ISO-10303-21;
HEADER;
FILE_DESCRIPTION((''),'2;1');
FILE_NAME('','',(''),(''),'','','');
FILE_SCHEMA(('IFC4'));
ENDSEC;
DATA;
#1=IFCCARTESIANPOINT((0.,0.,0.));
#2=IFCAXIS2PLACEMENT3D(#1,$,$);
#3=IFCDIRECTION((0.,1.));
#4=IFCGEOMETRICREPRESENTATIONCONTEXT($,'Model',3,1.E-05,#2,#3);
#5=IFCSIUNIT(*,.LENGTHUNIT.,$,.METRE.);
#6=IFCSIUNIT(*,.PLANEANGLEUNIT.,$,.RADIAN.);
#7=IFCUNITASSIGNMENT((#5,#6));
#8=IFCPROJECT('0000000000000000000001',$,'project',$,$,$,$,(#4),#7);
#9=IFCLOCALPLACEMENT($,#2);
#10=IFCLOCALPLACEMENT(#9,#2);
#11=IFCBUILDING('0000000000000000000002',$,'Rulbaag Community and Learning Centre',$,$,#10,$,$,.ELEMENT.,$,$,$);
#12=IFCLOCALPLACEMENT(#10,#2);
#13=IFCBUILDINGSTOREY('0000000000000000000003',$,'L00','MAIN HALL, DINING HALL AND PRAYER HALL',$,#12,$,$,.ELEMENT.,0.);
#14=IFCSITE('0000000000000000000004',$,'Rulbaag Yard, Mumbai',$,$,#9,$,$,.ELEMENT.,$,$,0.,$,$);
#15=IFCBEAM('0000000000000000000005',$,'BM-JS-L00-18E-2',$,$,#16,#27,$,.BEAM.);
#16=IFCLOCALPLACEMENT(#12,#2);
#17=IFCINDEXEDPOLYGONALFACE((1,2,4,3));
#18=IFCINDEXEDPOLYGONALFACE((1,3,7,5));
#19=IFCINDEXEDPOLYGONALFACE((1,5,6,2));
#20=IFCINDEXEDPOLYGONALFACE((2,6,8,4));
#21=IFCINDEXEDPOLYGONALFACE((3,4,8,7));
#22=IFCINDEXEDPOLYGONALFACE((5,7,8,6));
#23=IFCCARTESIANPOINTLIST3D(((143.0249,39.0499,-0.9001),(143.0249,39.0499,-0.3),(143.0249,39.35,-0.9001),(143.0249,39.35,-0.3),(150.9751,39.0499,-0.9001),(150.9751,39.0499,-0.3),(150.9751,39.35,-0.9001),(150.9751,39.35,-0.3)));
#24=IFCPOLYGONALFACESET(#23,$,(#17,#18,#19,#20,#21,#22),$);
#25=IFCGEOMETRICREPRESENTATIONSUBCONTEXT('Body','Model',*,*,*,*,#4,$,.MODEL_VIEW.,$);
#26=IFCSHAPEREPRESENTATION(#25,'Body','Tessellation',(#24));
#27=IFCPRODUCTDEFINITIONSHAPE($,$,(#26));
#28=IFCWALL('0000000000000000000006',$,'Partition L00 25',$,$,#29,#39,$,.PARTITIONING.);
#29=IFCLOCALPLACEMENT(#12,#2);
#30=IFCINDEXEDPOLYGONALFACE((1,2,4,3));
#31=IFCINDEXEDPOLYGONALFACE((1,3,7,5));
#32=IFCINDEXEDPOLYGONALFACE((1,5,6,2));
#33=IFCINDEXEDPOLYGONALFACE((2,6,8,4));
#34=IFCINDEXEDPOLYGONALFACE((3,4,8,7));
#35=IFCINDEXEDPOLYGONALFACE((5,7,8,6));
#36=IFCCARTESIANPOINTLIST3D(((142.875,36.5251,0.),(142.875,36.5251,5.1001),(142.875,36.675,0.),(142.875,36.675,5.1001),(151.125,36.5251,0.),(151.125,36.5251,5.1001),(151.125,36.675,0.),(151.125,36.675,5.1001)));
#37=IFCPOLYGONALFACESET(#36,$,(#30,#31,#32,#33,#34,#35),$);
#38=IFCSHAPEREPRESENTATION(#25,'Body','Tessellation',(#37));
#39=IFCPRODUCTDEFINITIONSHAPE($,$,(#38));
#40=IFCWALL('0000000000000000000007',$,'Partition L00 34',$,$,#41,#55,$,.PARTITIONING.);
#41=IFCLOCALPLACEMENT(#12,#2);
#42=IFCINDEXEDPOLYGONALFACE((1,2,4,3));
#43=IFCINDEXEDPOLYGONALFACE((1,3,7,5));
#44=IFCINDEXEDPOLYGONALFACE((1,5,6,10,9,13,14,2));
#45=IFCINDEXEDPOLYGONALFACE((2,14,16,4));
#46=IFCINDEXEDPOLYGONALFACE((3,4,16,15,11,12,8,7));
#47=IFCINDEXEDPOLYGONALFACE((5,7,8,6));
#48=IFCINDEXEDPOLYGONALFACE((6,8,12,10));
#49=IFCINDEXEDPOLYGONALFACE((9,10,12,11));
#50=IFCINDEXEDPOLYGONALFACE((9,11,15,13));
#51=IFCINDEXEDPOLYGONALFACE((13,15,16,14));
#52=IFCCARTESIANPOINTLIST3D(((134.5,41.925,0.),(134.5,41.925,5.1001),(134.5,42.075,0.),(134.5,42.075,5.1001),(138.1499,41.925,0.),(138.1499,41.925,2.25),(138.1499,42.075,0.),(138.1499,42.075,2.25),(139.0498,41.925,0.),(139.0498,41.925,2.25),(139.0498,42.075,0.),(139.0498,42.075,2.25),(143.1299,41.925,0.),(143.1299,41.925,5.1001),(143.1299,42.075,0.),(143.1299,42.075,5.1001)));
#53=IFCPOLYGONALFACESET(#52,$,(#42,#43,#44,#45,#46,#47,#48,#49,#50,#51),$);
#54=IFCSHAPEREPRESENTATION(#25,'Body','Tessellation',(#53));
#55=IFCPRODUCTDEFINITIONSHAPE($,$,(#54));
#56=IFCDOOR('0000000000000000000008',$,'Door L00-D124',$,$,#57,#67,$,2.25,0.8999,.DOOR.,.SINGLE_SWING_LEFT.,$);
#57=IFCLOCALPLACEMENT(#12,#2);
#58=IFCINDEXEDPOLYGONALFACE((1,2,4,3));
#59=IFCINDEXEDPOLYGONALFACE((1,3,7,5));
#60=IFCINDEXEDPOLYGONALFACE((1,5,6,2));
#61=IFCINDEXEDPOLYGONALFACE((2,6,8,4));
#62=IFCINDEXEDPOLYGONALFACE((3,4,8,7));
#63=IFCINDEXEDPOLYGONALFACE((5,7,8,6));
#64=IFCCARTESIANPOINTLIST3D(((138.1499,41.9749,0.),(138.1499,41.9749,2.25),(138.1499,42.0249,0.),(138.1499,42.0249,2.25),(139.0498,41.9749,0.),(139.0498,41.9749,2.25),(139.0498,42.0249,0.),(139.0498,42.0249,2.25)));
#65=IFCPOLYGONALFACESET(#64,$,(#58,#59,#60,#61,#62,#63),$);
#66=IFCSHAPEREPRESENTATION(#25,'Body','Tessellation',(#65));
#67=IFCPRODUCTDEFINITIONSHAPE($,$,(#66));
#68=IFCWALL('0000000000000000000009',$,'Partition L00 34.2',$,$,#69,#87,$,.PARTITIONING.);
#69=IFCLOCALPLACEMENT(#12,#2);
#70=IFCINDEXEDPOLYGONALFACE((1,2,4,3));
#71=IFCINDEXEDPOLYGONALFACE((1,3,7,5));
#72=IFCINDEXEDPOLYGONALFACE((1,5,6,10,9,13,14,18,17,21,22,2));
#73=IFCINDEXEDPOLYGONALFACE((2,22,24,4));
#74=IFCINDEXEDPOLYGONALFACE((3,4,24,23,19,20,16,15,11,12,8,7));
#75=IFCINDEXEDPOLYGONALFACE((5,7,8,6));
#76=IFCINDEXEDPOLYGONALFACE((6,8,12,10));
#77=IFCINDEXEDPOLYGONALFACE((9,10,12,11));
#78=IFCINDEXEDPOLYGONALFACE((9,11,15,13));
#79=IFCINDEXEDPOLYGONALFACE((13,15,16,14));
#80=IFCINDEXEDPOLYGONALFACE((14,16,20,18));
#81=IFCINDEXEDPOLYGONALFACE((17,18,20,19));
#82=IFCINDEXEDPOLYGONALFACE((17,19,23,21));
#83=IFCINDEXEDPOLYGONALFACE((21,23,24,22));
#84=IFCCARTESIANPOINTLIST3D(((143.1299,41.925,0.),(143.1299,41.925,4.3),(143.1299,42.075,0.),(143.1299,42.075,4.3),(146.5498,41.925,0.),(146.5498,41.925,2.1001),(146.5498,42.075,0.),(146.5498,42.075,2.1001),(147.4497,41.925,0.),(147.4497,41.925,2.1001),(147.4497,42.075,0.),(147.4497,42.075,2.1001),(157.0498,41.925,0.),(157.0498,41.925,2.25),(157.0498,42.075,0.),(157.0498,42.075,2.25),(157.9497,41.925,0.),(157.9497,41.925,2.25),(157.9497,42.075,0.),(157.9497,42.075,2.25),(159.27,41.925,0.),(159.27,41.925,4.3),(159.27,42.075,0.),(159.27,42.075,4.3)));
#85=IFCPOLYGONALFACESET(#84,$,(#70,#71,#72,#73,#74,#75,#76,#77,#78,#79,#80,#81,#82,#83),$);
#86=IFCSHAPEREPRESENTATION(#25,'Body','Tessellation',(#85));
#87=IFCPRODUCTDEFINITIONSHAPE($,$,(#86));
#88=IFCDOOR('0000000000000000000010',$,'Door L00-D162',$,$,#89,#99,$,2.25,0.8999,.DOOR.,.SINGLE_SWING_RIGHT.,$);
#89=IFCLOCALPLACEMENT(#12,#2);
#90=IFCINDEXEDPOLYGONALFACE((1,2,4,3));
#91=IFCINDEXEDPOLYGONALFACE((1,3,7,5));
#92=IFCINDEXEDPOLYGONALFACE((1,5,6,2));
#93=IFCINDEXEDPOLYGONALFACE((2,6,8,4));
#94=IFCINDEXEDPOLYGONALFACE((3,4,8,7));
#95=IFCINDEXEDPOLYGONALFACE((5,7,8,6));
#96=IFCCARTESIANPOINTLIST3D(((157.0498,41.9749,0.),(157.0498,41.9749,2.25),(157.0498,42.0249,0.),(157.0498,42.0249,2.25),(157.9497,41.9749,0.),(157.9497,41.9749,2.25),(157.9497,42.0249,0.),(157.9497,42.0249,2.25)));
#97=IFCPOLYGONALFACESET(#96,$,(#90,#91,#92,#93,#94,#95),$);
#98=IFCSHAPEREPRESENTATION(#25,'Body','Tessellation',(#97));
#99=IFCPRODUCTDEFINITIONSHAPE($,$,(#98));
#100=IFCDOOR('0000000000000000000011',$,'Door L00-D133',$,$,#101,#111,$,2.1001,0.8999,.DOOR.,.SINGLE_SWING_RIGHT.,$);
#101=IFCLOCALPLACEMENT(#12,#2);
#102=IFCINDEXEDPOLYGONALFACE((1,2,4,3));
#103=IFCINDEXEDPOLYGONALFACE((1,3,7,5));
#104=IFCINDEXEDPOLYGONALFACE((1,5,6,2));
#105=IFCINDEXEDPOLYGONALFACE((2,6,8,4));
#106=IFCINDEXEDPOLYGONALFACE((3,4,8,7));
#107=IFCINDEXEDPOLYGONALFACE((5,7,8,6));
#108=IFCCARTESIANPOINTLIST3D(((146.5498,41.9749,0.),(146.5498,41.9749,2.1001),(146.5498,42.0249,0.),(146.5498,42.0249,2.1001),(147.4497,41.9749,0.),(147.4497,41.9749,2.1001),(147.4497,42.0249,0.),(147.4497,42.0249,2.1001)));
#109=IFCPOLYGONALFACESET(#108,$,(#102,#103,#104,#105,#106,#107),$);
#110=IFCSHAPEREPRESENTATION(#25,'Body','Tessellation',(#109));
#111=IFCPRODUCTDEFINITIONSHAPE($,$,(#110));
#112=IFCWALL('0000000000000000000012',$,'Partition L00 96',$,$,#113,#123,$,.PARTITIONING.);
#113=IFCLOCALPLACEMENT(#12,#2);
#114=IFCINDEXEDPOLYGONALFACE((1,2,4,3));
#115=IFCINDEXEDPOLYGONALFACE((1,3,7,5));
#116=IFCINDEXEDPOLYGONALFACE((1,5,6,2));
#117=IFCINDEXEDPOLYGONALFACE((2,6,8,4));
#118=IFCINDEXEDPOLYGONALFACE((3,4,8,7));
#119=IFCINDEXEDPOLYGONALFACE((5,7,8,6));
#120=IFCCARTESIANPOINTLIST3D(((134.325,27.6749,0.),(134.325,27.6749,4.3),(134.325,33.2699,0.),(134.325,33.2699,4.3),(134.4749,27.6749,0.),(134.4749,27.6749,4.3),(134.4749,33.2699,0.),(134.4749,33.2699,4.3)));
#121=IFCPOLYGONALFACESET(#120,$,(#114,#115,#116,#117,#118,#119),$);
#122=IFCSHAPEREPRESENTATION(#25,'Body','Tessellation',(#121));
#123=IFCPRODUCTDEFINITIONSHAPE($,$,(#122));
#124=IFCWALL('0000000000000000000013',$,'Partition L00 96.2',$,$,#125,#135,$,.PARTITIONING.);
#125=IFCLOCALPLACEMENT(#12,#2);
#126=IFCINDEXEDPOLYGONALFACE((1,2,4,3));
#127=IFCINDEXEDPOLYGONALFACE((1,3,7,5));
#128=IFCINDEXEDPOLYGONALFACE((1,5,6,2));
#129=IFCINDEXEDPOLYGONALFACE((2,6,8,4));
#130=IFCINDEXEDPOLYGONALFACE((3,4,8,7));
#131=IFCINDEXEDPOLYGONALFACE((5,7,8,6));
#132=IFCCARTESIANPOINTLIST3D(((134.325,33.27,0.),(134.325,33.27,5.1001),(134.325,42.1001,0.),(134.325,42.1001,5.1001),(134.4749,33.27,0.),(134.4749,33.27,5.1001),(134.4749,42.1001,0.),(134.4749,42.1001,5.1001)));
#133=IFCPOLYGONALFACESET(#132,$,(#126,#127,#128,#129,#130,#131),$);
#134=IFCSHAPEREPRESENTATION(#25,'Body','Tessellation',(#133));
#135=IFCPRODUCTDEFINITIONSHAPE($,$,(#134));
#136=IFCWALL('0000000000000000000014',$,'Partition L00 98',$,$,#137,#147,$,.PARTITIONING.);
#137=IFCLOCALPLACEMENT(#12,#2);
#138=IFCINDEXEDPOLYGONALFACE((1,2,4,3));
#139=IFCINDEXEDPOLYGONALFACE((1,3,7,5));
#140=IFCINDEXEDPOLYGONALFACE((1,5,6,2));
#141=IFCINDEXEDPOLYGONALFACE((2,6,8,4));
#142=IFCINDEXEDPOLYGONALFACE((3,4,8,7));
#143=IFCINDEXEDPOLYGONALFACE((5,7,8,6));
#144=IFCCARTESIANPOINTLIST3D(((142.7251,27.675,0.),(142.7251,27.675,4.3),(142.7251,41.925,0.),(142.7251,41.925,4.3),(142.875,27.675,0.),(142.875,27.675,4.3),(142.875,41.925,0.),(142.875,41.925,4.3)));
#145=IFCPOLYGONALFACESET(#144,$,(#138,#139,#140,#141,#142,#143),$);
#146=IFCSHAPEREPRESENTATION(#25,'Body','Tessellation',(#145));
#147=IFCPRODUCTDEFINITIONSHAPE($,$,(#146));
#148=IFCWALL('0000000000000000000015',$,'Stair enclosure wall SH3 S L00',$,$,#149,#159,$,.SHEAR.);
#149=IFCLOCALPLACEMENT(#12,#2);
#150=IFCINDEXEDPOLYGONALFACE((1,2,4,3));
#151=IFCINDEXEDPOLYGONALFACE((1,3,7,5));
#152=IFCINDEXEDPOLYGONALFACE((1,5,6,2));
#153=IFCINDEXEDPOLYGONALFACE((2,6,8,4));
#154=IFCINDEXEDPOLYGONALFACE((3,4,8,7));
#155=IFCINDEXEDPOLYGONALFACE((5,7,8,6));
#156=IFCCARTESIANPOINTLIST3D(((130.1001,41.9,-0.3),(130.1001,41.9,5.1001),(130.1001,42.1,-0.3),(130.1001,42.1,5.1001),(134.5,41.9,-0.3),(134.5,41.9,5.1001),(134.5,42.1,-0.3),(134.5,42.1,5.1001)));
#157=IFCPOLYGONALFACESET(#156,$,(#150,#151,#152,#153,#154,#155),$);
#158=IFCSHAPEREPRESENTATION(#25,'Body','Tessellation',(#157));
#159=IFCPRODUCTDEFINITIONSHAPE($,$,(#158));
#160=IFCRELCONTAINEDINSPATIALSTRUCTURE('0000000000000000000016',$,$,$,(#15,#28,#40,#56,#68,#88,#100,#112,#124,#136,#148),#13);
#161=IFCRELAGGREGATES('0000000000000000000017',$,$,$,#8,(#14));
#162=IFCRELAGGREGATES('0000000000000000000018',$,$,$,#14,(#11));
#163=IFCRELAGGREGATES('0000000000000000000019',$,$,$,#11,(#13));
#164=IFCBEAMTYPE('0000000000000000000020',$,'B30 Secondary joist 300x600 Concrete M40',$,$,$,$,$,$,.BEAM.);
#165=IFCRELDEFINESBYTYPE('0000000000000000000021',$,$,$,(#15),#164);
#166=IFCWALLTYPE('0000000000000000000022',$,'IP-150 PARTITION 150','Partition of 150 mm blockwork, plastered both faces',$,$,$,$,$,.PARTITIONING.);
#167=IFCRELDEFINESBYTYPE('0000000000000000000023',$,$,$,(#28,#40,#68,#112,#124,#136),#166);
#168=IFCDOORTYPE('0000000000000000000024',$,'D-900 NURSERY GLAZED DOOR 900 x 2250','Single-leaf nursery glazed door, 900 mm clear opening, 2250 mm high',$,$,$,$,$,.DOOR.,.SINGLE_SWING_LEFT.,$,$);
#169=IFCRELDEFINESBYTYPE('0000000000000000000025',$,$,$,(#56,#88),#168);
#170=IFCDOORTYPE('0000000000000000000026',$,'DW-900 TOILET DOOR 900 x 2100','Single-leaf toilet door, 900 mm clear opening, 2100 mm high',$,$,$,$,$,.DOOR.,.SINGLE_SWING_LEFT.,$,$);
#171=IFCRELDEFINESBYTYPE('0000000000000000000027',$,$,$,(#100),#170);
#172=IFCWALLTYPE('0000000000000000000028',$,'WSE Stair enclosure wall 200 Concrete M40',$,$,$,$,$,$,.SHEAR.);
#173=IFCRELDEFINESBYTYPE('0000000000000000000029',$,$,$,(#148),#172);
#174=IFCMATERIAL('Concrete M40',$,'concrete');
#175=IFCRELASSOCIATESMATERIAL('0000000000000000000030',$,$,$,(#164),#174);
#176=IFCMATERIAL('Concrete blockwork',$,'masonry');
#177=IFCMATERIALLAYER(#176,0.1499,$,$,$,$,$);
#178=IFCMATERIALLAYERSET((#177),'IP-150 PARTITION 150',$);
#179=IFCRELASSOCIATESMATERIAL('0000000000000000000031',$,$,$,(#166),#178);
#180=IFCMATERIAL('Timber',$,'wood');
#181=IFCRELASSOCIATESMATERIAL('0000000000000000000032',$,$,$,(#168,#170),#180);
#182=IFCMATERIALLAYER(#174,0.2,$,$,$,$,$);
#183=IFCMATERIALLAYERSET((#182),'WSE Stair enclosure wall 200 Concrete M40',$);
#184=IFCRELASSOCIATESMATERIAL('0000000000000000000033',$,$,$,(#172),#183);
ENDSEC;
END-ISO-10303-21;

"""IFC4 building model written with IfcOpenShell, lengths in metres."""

from ifc_helpers import new_model, si_unit, direction, frame, frame_2d, origin, origin_2d, place, context, subcontext, project, spatial, rectangle, extrude, material, layer, layer_set, material_profile, profile_set, type_object, element, fill, save


model = new_model("IFC4")

# Units and contexts
model_context = context("Model", 3, precision=1e-05, world=origin(), true_north=direction((0.0, 1.0)))
body_context = subcontext(model_context, "Body", "Model", "MODEL_VIEW")
ifc_project = project(units=[si_unit("LENGTHUNIT", "METRE"), si_unit("PLANEANGLEUNIT", "RADIAN")], contexts=[model_context])

# Site, building, storey
site_placement = place(None, origin())
site = spatial("IfcSite", under=ifc_project, at=site_placement, Name="Rulbaag Yard, Mumbai", CompositionType="ELEMENT", RefElevation=0.0)
building_placement = place(site_placement, origin())
building = spatial("IfcBuilding", under=site, at=building_placement, Name="Rulbaag Community and Learning Centre", CompositionType="ELEMENT")
storey_placement = place(building_placement, origin())
storey = spatial("IfcBuildingStorey", under=building, at=storey_placement, Name="L00", Description="MAIN HALL, DINING HALL AND PRAYER HALL", CompositionType="ELEMENT", Elevation=0.0)

# Shared definitions
ifc_material_1 = material(Name="Concrete M40", Category="concrete")

# Beam
ifc_material_profile_1 = material_profile(ifc_material_1, rectangle(XDim=0.3, YDim=0.6001, at=origin_2d()), Name="RB300x600")
ifc_profile_set_1 = profile_set([ifc_material_profile_1], Name="Concrete M40")
beam_type_1 = type_object("IfcBeamType", Name="B30 Secondary joist 300x600 Concrete M40", PredefinedType="BEAM", material=ifc_profile_set_1)
for number, where, z_axis, x_axis, name in (
    (1, (143.0249, 39.2, -0.6001), (1.0, 0.0, 0.0), (0.0, 1.0, 0.0), "BM-JS-L00-18E-2"),
):
    element("IfcBeam", number, at=place(storey_placement, frame(where, z_axis=z_axis, x_axis=x_axis)), inside=storey, type_object=beam_type_1, Name=name, PredefinedType="BEAM", context=body_context, shape_type="SweptSolid", body=[
        extrude(rectangle(XDim=0.3, YDim=0.6001, at=origin_2d()), origin(), (0.0, 0.0, 1.0), 7.9502),
    ])

# Wall
ifc_material_2 = material(Name="Concrete blockwork", Category="masonry")
ifc_layer_1 = layer(ifc_material_2, 0.1499)
ifc_layer_set_1 = layer_set([ifc_layer_1], Name="IP-150 PARTITION 150")
wall_type_1 = type_object("IfcWallType", Name="IP-150 PARTITION 150", Description="Partition of 150 mm blockwork, plastered both faces", PredefinedType="PARTITIONING", material=ifc_layer_set_1)
wall_1_placement = place(storey_placement, frame((142.875, 36.6001, 0.0), z_axis=(0.0, 0.0, 1.0), x_axis=(1.0, 0.0, 0.0)))
element("IfcWall", 2, at=wall_1_placement, inside=storey, type_object=wall_type_1, Name="Partition L00 25", PredefinedType="PARTITIONING", context=body_context, shape_type="SweptSolid", body=[
    extrude(rectangle(XDim=8.25, YDim=0.1499, at=frame_2d((4.125, 0.0))), origin(), (0.0, 0.0, 1.0), 5.1001),
])

# Wall, opening, door
wall_2_placement = place(storey_placement, frame((134.5, 42.0, 0.0), z_axis=(0.0, 0.0, 1.0), x_axis=(1.0, 0.0, 0.0)))
wall_2 = element("IfcWall", 3, at=wall_2_placement, inside=storey, type_object=wall_type_1, Name="Partition L00 34", PredefinedType="PARTITIONING", context=body_context, shape_type="SweptSolid", body=[
    extrude(rectangle(XDim=8.6299, YDim=0.1499, at=frame_2d((4.3149, 0.0))), origin(), (0.0, 0.0, 1.0), 5.1001),
])
opening_1_placement = place(wall_2_placement, frame((3.6499, 0.0, 0.0)))
opening_1 = element("IfcOpeningElement", 4, at=opening_1_placement, cuts=wall_2, PredefinedType="OPENING", context=body_context, shape_type="SweptSolid", body=[
    extrude(rectangle(XDim=0.8999, YDim=2.25, at=frame_2d((0.45, 1.125))), frame((0.0, 0.085, 0.0), z_axis=(0.0, -1.0, 0.0), x_axis=(1.0, 0.0, 0.0)), (0.0, 0.0, 1.0), 0.1699),
])
ifc_material_3 = material(Name="Timber", Category="wood")
door_type_1 = type_object("IfcDoorType", Name="D-900 NURSERY GLAZED DOOR 900 x 2250", Description="Single-leaf nursery glazed door, 900 mm clear opening, 2250 mm high", OperationType="SINGLE_SWING_LEFT", PredefinedType="DOOR", material=ifc_material_3)
door_1_placement = place(opening_1_placement, origin())
door_1 = element("IfcDoor", 5, at=door_1_placement, inside=storey, type_object=door_type_1, Name="Door L00-D124", OperationType="SINGLE_SWING_LEFT", OverallHeight=2.25, OverallWidth=0.8999, PredefinedType="DOOR", context=body_context, shape_type="SweptSolid", body=[
    extrude(rectangle(XDim=0.8999, YDim=2.25, at=frame_2d((0.45, 1.125))), frame((0.0, 0.0249, 0.0), z_axis=(0.0, -1.0, 0.0), x_axis=(1.0, 0.0, 0.0)), (0.0, 0.0, 1.0), 0.05),
])
fill(opening_1, door_1)

# Wall, openings, doors
wall_3_placement = place(storey_placement, frame((143.1299, 42.0, 0.0), z_axis=(0.0, 0.0, 1.0), x_axis=(1.0, 0.0, 0.0)))
wall_3 = element("IfcWall", 6, at=wall_3_placement, inside=storey, type_object=wall_type_1, Name="Partition L00 34.2", PredefinedType="PARTITIONING", context=body_context, shape_type="SweptSolid", body=[
    extrude(rectangle(XDim=16.1401, YDim=0.1499, at=frame_2d((8.0701, 0.0))), origin(), (0.0, 0.0, 1.0), 4.3),
])
opening_2_placement = place(wall_3_placement, frame((3.4199, 0.0, 0.0)))
opening_2 = element("IfcOpeningElement", 7, at=opening_2_placement, cuts=wall_3, PredefinedType="OPENING", context=body_context, shape_type="SweptSolid", body=[
    extrude(rectangle(XDim=0.8999, YDim=2.1001, at=frame_2d((0.45, 1.05))), frame((0.0, 0.085, 0.0), z_axis=(0.0, -1.0, 0.0), x_axis=(1.0, 0.0, 0.0)), (0.0, 0.0, 1.0), 0.1699),
])
opening_3_placement = place(wall_3_placement, frame((13.9199, 0.0, 0.0)))
opening_3 = element("IfcOpeningElement", 8, at=opening_3_placement, cuts=wall_3, PredefinedType="OPENING", context=body_context, shape_type="SweptSolid", body=[
    extrude(rectangle(XDim=0.8999, YDim=2.25, at=frame_2d((0.45, 1.125))), frame((0.0, 0.085, 0.0), z_axis=(0.0, -1.0, 0.0), x_axis=(1.0, 0.0, 0.0)), (0.0, 0.0, 1.0), 0.1699),
])
door_2_placement = place(opening_3_placement, origin())
door_2 = element("IfcDoor", 9, at=door_2_placement, inside=storey, type_object=door_type_1, Name="Door L00-D162", OperationType="SINGLE_SWING_RIGHT", OverallHeight=2.25, OverallWidth=0.8999, PredefinedType="DOOR", context=body_context, shape_type="SweptSolid", body=[
    extrude(rectangle(XDim=0.8999, YDim=2.25, at=frame_2d((0.45, 1.125))), frame((0.0, 0.0249, 0.0), z_axis=(0.0, -1.0, 0.0), x_axis=(1.0, 0.0, 0.0)), (0.0, 0.0, 1.0), 0.05),
])
fill(opening_3, door_2)
door_type_2 = type_object("IfcDoorType", Name="DW-900 TOILET DOOR 900 x 2100", Description="Single-leaf toilet door, 900 mm clear opening, 2100 mm high", OperationType="SINGLE_SWING_LEFT", PredefinedType="DOOR", material=ifc_material_3)
door_3_placement = place(opening_2_placement, origin())
door_3 = element("IfcDoor", 10, at=door_3_placement, inside=storey, type_object=door_type_2, Name="Door L00-D133", OperationType="SINGLE_SWING_RIGHT", OverallHeight=2.1001, OverallWidth=0.8999, PredefinedType="DOOR", context=body_context, shape_type="SweptSolid", body=[
    extrude(rectangle(XDim=0.8999, YDim=2.1001, at=frame_2d((0.45, 1.05))), frame((0.0, 0.0249, 0.0), z_axis=(0.0, -1.0, 0.0), x_axis=(1.0, 0.0, 0.0)), (0.0, 0.0, 1.0), 0.05),
])
fill(opening_2, door_3)

# Walls
wall_4_placement = place(storey_placement, frame((134.3999, 27.675, 0.0), z_axis=(0.0, 0.0, 1.0), x_axis=(0.0, 1.0, 0.0)))
element("IfcWall", 11, at=wall_4_placement, inside=storey, type_object=wall_type_1, Name="Partition L00 96", PredefinedType="PARTITIONING", context=body_context, shape_type="SweptSolid", body=[
    extrude(rectangle(XDim=5.595, YDim=0.1499, at=frame_2d((2.7974, 0.0))), origin(), (0.0, 0.0, 1.0), 4.3),
])
wall_5_placement = place(storey_placement, frame((134.3999, 33.27, 0.0), z_axis=(0.0, 0.0, 1.0), x_axis=(0.0, 1.0, 0.0)))
element("IfcWall", 12, at=wall_5_placement, inside=storey, type_object=wall_type_1, Name="Partition L00 96.2", PredefinedType="PARTITIONING", context=body_context, shape_type="SweptSolid", body=[
    extrude(rectangle(XDim=8.8301, YDim=0.1499, at=frame_2d((4.415, 0.0))), origin(), (0.0, 0.0, 1.0), 5.1001),
])
wall_6_placement = place(storey_placement, frame((142.8, 27.675, 0.0), z_axis=(0.0, 0.0, 1.0), x_axis=(0.0, 1.0, 0.0)))
element("IfcWall", 13, at=wall_6_placement, inside=storey, type_object=wall_type_1, Name="Partition L00 98", PredefinedType="PARTITIONING", context=body_context, shape_type="SweptSolid", body=[
    extrude(rectangle(XDim=14.25, YDim=0.1499, at=frame_2d((7.125, 0.0))), origin(), (0.0, 0.0, 1.0), 4.3),
])
ifc_layer_2 = layer(ifc_material_1, 0.2)
ifc_layer_set_2 = layer_set([ifc_layer_2], Name="WSE Stair enclosure wall 200 Concrete M40")
wall_type_2 = type_object("IfcWallType", Name="WSE Stair enclosure wall 200 Concrete M40", PredefinedType="SHEAR", material=ifc_layer_set_2)
wall_7_placement = place(storey_placement, frame((130.1001, 42.0, -0.3), z_axis=(0.0, 0.0, 1.0), x_axis=(1.0, 0.0, 0.0)))
element("IfcWall", 14, at=wall_7_placement, inside=storey, type_object=wall_type_2, Name="Stair enclosure wall SH3 S L00", PredefinedType="SHEAR", context=body_context, shape_type="SweptSolid", body=[
    extrude(rectangle(XDim=4.3999, YDim=0.2, at=frame_2d((2.2, 0.0))), origin(), (0.0, 0.0, 1.0), 5.4001),
])

save(model, "model.ifc")
